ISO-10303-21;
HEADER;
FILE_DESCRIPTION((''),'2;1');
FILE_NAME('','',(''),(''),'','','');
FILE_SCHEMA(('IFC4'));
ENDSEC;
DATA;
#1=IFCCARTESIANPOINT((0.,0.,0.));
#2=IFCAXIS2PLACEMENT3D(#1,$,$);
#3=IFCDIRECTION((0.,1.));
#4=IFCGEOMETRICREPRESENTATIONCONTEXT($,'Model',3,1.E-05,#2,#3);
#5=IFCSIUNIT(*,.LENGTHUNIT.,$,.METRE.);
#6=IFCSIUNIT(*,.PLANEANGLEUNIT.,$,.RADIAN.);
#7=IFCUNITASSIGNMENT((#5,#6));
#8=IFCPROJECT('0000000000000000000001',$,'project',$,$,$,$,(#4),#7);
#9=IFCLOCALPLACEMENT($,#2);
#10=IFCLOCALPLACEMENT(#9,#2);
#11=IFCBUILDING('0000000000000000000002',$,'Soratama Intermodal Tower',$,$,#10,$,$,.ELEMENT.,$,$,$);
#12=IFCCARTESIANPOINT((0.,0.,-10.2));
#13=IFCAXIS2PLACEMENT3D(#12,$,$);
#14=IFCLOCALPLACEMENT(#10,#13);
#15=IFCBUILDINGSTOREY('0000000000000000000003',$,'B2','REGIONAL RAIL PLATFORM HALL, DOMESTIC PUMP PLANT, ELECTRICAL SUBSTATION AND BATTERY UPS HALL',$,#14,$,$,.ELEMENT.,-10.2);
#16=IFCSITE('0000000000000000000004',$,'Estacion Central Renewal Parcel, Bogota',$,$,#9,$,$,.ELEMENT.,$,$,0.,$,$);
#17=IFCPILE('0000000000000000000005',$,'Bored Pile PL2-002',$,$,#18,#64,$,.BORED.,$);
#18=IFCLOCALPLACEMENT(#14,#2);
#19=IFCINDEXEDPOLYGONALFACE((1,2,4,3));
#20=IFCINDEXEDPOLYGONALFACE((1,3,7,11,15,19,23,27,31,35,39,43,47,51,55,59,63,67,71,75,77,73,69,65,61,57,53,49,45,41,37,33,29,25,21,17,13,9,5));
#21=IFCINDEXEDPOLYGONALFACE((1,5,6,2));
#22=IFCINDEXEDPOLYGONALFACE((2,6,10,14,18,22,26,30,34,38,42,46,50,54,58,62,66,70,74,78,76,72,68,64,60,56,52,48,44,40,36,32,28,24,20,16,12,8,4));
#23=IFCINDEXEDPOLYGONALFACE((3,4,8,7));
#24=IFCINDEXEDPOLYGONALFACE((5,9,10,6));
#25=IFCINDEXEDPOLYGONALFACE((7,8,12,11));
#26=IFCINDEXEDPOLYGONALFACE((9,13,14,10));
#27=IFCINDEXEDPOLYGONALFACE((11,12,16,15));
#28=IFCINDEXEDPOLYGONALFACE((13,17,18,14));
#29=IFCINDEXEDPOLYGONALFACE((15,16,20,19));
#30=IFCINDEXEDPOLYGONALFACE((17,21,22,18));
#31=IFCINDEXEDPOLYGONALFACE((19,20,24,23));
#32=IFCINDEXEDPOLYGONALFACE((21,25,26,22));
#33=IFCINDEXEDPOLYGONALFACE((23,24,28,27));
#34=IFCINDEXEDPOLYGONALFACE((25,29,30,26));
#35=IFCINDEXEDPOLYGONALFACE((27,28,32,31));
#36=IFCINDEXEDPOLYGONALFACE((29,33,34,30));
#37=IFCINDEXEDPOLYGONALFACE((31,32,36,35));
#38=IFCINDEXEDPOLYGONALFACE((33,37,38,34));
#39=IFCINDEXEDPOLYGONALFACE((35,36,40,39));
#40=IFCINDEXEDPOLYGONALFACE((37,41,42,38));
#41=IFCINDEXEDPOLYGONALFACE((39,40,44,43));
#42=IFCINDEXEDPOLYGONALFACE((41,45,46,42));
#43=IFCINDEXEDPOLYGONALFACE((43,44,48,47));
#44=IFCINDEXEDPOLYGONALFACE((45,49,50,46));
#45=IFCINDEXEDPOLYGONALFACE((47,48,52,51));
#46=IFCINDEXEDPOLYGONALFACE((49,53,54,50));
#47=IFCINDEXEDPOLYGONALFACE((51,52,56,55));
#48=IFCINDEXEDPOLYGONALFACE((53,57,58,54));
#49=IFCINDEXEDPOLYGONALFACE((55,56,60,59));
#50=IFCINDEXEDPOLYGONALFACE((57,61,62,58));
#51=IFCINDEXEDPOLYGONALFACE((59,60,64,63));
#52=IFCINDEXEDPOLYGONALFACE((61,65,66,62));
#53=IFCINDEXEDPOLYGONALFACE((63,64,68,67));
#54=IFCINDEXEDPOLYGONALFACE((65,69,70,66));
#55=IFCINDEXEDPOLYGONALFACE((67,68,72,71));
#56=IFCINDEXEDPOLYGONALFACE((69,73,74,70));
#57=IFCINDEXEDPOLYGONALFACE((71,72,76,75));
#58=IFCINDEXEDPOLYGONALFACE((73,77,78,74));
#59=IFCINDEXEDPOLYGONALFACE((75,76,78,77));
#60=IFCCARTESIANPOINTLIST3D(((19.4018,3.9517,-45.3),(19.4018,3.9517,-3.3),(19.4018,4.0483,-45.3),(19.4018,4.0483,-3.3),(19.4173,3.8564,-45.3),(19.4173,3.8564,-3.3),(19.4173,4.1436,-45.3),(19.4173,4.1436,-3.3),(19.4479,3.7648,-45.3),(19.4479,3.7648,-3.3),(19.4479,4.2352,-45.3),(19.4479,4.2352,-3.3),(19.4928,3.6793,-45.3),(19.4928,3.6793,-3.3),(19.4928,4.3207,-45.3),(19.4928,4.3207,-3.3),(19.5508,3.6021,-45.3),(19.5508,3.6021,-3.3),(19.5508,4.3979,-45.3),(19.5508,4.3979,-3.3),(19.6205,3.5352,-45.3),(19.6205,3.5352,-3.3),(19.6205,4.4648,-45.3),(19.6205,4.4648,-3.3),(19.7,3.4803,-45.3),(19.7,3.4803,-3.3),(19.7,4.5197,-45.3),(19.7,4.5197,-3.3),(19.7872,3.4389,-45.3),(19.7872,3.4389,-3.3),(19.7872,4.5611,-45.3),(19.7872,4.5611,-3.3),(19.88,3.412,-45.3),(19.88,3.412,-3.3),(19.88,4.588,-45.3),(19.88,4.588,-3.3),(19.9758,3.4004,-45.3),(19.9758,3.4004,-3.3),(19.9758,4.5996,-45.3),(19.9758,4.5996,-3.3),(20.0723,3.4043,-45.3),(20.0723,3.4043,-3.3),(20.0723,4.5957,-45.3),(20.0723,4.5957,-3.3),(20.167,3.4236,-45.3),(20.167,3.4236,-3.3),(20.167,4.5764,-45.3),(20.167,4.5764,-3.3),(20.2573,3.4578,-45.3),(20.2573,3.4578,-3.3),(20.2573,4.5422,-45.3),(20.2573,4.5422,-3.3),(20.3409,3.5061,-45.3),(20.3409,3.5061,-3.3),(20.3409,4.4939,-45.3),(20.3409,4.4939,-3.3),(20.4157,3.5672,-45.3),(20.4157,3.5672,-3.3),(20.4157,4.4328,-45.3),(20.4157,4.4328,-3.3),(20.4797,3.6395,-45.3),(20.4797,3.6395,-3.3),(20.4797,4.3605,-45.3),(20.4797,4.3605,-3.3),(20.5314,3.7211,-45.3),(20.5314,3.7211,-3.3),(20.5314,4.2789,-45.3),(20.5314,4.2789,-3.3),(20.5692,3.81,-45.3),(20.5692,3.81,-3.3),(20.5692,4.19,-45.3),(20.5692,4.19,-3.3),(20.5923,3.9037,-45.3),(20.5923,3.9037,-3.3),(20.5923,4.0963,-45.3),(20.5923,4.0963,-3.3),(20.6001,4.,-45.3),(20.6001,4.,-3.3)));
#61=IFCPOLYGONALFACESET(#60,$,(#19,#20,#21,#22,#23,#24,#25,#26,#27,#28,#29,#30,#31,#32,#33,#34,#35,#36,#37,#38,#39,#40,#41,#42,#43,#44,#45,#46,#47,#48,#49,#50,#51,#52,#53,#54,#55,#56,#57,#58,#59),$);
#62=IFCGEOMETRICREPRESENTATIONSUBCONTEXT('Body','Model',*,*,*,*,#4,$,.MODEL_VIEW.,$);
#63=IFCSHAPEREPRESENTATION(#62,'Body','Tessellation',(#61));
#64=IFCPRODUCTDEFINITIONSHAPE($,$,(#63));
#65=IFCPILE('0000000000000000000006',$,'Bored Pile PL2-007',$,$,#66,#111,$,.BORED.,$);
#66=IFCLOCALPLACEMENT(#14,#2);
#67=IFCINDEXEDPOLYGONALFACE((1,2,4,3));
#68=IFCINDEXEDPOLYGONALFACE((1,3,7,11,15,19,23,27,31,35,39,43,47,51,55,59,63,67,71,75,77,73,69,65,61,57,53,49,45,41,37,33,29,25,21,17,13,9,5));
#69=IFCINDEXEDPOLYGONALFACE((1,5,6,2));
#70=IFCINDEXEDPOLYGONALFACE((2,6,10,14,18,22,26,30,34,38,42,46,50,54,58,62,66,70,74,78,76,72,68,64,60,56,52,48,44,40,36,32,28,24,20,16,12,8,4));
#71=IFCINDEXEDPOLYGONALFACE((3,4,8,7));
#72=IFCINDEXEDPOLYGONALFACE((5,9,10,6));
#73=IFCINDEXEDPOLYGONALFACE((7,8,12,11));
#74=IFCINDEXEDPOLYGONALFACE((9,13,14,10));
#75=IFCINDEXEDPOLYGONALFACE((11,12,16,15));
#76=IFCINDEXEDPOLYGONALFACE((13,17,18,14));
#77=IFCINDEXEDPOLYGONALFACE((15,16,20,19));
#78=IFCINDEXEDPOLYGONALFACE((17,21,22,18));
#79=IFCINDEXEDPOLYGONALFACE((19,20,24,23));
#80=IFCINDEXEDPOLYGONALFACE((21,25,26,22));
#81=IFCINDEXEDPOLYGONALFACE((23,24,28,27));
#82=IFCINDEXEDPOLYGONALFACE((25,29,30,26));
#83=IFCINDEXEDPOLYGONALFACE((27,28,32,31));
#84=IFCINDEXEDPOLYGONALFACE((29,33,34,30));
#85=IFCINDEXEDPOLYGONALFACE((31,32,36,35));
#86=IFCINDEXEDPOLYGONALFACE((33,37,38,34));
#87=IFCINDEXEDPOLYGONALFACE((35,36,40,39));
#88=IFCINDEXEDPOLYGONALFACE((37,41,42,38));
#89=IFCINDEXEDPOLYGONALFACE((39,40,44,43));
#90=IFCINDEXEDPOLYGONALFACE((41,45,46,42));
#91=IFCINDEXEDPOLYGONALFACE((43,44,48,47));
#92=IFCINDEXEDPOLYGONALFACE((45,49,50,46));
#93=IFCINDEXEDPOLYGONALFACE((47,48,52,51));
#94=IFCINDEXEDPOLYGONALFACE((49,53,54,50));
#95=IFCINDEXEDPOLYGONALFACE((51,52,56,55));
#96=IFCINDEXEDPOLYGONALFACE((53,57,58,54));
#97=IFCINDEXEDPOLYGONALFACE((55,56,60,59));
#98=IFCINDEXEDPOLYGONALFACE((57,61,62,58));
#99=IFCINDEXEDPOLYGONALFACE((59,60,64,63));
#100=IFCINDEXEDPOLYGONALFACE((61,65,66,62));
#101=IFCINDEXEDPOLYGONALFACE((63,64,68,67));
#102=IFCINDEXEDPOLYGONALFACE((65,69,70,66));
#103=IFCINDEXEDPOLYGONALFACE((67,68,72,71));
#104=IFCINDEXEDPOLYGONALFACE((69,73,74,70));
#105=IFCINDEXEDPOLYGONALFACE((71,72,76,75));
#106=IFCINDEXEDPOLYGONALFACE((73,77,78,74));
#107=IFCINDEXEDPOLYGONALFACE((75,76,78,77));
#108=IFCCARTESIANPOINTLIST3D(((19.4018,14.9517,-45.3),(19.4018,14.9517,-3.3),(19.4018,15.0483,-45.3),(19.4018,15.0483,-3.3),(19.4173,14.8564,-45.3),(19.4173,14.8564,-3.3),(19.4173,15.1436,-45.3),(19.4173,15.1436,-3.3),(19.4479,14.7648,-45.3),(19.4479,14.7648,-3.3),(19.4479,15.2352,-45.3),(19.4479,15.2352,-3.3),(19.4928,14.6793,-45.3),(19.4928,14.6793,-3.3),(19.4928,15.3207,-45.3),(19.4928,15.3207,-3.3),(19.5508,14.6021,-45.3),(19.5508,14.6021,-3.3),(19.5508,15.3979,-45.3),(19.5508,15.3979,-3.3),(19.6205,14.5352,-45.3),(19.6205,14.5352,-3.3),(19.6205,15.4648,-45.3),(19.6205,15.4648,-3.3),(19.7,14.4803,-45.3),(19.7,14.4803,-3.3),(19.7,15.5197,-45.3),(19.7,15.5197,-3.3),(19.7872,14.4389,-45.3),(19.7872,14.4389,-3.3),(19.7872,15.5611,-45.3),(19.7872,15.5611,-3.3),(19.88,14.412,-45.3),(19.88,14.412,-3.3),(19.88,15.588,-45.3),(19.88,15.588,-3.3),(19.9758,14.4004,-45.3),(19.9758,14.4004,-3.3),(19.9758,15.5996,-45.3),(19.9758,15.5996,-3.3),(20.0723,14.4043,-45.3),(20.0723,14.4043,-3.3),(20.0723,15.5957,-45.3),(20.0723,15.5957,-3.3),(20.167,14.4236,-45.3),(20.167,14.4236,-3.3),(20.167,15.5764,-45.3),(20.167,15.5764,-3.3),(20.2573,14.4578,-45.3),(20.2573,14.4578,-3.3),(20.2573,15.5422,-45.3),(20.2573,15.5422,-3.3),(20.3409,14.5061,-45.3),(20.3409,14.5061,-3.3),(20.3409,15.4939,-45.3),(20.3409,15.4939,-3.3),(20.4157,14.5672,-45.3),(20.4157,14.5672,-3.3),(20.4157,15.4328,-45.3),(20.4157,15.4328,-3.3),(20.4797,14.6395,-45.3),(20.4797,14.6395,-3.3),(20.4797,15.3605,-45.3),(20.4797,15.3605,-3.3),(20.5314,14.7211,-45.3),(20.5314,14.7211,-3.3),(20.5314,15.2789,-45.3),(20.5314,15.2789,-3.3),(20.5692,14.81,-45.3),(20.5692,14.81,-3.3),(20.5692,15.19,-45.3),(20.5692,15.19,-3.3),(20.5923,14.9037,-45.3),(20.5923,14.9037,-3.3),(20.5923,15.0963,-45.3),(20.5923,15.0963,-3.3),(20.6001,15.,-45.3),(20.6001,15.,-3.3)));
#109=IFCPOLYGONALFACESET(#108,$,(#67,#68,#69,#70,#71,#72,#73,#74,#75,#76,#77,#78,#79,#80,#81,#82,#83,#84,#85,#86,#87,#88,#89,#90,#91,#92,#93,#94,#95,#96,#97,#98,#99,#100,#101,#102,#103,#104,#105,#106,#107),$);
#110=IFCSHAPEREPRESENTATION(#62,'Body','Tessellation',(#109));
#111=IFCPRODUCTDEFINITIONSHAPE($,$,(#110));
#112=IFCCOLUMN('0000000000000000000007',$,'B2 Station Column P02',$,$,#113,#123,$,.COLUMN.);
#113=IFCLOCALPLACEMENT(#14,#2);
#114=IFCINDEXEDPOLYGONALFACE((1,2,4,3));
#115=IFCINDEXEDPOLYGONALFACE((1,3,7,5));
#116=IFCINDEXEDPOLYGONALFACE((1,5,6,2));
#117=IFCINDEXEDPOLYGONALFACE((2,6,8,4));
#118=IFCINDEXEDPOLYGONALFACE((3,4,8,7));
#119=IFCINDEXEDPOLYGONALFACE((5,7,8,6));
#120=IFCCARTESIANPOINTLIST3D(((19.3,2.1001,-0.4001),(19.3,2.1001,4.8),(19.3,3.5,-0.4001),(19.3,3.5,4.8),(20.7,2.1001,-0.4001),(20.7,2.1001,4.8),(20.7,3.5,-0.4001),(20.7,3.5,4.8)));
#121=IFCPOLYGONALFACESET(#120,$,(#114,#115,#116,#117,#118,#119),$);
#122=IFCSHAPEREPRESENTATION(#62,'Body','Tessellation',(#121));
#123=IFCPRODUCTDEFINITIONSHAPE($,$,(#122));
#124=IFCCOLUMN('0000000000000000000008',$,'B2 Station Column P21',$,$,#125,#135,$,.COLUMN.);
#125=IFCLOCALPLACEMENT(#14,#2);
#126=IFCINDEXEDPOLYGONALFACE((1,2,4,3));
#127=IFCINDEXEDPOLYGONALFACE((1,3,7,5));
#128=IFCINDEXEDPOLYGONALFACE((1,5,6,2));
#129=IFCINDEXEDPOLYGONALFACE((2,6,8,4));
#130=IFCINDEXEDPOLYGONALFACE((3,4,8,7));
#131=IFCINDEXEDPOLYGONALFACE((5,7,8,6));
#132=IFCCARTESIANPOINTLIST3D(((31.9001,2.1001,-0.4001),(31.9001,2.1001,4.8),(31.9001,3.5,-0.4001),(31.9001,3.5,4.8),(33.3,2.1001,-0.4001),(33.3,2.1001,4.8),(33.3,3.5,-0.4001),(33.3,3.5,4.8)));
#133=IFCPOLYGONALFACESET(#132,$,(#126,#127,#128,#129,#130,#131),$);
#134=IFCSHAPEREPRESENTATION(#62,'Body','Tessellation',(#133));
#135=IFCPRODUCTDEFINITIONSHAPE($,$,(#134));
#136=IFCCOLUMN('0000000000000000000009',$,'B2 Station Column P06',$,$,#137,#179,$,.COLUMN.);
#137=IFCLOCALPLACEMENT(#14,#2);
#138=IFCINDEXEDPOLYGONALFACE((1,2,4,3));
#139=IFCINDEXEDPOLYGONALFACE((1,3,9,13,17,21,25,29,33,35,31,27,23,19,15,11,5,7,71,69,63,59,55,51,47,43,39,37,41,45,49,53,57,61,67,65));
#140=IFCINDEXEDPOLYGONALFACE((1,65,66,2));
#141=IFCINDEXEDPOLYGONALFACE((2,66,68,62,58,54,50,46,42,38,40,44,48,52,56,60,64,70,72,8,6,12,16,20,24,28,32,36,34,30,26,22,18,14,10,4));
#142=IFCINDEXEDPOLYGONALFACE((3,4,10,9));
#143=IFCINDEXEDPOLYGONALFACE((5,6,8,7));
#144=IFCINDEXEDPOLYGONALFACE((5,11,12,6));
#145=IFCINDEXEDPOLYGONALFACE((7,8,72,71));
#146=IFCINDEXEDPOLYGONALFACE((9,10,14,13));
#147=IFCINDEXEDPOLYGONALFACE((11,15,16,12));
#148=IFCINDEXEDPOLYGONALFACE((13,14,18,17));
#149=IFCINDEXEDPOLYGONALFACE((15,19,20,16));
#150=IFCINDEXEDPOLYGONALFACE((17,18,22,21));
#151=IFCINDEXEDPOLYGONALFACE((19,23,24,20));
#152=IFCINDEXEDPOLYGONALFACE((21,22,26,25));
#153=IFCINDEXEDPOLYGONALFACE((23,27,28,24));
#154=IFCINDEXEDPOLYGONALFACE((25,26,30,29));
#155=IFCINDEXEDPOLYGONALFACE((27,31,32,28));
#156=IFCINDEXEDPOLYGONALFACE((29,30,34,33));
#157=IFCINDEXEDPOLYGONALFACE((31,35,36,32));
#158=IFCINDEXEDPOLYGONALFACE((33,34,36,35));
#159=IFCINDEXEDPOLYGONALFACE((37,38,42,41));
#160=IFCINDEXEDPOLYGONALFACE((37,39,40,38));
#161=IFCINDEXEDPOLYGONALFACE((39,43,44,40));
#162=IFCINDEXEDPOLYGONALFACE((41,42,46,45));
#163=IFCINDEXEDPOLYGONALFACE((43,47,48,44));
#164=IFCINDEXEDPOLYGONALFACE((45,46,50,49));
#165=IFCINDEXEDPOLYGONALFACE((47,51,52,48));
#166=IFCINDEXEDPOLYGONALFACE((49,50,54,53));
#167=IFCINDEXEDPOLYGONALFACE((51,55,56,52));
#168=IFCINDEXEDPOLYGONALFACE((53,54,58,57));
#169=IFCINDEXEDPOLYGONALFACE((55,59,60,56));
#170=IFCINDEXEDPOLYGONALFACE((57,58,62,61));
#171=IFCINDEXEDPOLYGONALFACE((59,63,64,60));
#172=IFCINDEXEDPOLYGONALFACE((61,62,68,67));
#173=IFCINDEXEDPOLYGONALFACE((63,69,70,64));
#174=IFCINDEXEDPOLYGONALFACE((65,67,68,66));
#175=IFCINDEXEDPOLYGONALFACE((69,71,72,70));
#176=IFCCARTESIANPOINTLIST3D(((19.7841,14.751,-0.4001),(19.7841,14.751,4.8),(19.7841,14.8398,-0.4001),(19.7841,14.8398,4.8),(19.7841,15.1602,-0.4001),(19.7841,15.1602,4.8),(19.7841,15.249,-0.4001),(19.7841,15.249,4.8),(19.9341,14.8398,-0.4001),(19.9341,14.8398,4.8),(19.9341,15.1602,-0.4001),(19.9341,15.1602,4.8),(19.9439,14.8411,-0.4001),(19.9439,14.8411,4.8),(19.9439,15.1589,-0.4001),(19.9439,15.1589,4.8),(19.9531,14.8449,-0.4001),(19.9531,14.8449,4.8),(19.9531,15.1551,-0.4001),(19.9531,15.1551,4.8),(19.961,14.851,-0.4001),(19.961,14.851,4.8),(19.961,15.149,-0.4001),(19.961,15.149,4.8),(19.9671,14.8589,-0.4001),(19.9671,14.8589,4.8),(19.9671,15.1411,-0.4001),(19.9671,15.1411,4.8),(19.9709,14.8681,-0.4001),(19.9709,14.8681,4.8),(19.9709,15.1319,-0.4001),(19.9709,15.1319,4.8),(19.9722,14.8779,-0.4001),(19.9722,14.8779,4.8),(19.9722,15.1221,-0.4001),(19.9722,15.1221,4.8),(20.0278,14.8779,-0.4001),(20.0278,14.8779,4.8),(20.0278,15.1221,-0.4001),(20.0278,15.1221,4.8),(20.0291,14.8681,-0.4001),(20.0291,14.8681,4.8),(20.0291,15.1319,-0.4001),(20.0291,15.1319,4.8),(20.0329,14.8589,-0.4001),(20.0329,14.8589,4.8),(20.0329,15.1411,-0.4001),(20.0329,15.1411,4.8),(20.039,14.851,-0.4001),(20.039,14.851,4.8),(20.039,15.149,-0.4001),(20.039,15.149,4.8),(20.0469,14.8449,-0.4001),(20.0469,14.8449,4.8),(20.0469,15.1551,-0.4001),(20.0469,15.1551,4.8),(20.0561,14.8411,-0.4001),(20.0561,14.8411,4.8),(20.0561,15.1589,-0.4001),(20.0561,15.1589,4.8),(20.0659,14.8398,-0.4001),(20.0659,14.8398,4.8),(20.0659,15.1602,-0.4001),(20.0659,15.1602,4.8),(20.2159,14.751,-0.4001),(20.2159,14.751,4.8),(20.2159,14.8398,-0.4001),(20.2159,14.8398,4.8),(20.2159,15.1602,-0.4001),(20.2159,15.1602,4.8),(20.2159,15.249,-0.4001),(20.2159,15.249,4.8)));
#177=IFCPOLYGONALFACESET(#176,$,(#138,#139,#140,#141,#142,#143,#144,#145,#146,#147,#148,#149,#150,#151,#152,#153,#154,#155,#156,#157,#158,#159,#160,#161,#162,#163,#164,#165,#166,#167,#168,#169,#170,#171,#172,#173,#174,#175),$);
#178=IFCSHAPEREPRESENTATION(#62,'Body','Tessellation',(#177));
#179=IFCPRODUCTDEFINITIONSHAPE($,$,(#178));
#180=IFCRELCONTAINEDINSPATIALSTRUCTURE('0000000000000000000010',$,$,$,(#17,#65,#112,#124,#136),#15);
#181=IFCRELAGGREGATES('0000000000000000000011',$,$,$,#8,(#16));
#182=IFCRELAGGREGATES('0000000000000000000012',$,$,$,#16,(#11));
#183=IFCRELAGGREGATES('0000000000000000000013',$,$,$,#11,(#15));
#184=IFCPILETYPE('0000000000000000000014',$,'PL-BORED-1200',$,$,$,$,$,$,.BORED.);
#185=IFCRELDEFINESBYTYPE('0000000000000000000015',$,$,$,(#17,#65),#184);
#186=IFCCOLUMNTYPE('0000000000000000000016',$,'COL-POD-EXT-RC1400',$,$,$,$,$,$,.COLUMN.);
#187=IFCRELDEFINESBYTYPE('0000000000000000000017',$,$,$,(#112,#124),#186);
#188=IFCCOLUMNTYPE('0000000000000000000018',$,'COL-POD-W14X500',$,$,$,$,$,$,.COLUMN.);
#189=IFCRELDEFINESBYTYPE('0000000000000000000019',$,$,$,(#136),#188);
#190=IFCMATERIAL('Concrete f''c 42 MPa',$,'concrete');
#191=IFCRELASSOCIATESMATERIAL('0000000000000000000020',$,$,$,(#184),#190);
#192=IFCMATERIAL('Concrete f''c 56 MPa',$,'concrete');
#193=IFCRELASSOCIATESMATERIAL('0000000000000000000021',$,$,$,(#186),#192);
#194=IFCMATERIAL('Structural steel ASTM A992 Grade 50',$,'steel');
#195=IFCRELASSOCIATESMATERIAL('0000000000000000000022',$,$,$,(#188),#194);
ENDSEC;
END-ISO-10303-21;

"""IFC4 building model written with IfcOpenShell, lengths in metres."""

from ifc_helpers import new_model, si_unit, direction, frame, origin, origin_2d, place, context, subcontext, project, spatial, rectangle, circle, i_section, extrude, material, material_profile, profile_set, type_object, element, save


model = new_model("IFC4")

# Units and contexts
model_context = context("Model", 3, precision=1e-05, world=origin(), true_north=direction((0.0, 1.0)))
body_context = subcontext(model_context, "Body", "Model", "MODEL_VIEW")
ifc_project = project(units=[si_unit("LENGTHUNIT", "METRE"), si_unit("PLANEANGLEUNIT", "RADIAN")], contexts=[model_context])

# Site, building, storey
site_placement = place(None, origin())
site = spatial("IfcSite", under=ifc_project, at=site_placement, Name="Estacion Central Renewal Parcel, Bogota", CompositionType="ELEMENT", RefElevation=0.0)
building_placement = place(site_placement, origin())
building = spatial("IfcBuilding", under=site, at=building_placement, Name="Soratama Intermodal Tower", CompositionType="ELEMENT")
storey_placement = place(building_placement, frame((0.0, 0.0, -10.2)))
storey = spatial("IfcBuildingStorey", under=building, at=storey_placement, Name="B2", Description="REGIONAL RAIL PLATFORM HALL, DOMESTIC PUMP PLANT, ELECTRICAL SUBSTATION AND BATTERY UPS HALL", CompositionType="ELEMENT", Elevation=-10.2)

# Piles
ifc_material_1 = material(Name="Concrete f'c 42 MPa", Category="concrete")
ifc_material_profile_1 = material_profile(ifc_material_1, circle(Radius=0.6001, at=origin_2d()), Name="PILE1200")
ifc_profile_set_1 = profile_set([ifc_material_profile_1], Name="Concrete f'c 42 MPa")
pile_type = type_object("IfcPileType", Name="PL-BORED-1200", PredefinedType="BORED", material=ifc_profile_set_1)
for number, where, z_axis, x_axis, name in (
    (1, (20.0, 4.0, -3.3), (0.0, 0.0, -1.0), (1.0, 0.0, 0.0), "Bored Pile PL2-002"),
    (2, (20.0, 15.0, -3.3), (0.0, 0.0, -1.0), (1.0, 0.0, 0.0), "Bored Pile PL2-007"),
):
    element("IfcPile", number, at=place(storey_placement, frame(where, z_axis=z_axis, x_axis=x_axis)), inside=storey, type_object=pile_type, Name=name, PredefinedType="BORED", context=body_context, shape_type="SweptSolid", body=[
        extrude(circle(Radius=0.6001, at=origin_2d()), origin(), (0.0, 0.0, 1.0), 42.0),
    ])

# Columns
ifc_material_2 = material(Name="Concrete f'c 56 MPa", Category="concrete")
ifc_material_profile_2 = material_profile(ifc_material_2, rectangle(XDim=1.3999, YDim=1.3999, at=origin_2d()), Name="RC1400X1400")
ifc_profile_set_2 = profile_set([ifc_material_profile_2], Name="Concrete f'c 56 MPa")
column_type_1 = type_object("IfcColumnType", Name="COL-POD-EXT-RC1400", PredefinedType="COLUMN", material=ifc_profile_set_2)
for number, where, z_axis, x_axis, name in (
    (3, (20.0, 2.8, -0.4001), (0.0, 0.0, 1.0), (1.0, 0.0, 0.0), "B2 Station Column P02"),
    (4, (32.6001, 2.8, -0.4001), (0.0, 0.0, 1.0), (1.0, 0.0, 0.0), "B2 Station Column P21"),
):
    element("IfcColumn", number, at=place(storey_placement, frame(where, z_axis=z_axis, x_axis=x_axis)), inside=storey, type_object=column_type_1, Name=name, PredefinedType="COLUMN", context=body_context, shape_type="SweptSolid", body=[
        extrude(rectangle(XDim=1.3999, YDim=1.3999, at=origin_2d()), origin(), (0.0, 0.0, 1.0), 5.2002),
    ])
ifc_material_3 = material(Name="Structural steel ASTM A992 Grade 50", Category="steel")
ifc_material_profile_3 = material_profile(ifc_material_3, i_section(OverallWidth=0.4319, OverallDepth=0.498, WebThickness=0.0557, FlangeThickness=0.0889, FilletRadius=0.0381, at=origin_2d()), Name="W14X500")
ifc_profile_set_3 = profile_set([ifc_material_profile_3], Name="Structural steel ASTM A992 Grade 50")
column_type_2 = type_object("IfcColumnType", Name="COL-POD-W14X500", PredefinedType="COLUMN", material=ifc_profile_set_3)
column_1_placement = place(storey_placement, frame((20.0, 15.0, -0.4001), z_axis=(0.0, 0.0, 1.0), x_axis=(1.0, 0.0, 0.0)))
element("IfcColumn", 5, at=column_1_placement, inside=storey, type_object=column_type_2, Name="B2 Station Column P06", PredefinedType="COLUMN", context=body_context, shape_type="SweptSolid", body=[
    extrude(i_section(OverallWidth=0.4319, OverallDepth=0.498, WebThickness=0.0557, FlangeThickness=0.0889, FilletRadius=0.0381, at=origin_2d()), origin(), (0.0, 0.0, 1.0), 5.2002),
])

save(model, "model.ifc")
